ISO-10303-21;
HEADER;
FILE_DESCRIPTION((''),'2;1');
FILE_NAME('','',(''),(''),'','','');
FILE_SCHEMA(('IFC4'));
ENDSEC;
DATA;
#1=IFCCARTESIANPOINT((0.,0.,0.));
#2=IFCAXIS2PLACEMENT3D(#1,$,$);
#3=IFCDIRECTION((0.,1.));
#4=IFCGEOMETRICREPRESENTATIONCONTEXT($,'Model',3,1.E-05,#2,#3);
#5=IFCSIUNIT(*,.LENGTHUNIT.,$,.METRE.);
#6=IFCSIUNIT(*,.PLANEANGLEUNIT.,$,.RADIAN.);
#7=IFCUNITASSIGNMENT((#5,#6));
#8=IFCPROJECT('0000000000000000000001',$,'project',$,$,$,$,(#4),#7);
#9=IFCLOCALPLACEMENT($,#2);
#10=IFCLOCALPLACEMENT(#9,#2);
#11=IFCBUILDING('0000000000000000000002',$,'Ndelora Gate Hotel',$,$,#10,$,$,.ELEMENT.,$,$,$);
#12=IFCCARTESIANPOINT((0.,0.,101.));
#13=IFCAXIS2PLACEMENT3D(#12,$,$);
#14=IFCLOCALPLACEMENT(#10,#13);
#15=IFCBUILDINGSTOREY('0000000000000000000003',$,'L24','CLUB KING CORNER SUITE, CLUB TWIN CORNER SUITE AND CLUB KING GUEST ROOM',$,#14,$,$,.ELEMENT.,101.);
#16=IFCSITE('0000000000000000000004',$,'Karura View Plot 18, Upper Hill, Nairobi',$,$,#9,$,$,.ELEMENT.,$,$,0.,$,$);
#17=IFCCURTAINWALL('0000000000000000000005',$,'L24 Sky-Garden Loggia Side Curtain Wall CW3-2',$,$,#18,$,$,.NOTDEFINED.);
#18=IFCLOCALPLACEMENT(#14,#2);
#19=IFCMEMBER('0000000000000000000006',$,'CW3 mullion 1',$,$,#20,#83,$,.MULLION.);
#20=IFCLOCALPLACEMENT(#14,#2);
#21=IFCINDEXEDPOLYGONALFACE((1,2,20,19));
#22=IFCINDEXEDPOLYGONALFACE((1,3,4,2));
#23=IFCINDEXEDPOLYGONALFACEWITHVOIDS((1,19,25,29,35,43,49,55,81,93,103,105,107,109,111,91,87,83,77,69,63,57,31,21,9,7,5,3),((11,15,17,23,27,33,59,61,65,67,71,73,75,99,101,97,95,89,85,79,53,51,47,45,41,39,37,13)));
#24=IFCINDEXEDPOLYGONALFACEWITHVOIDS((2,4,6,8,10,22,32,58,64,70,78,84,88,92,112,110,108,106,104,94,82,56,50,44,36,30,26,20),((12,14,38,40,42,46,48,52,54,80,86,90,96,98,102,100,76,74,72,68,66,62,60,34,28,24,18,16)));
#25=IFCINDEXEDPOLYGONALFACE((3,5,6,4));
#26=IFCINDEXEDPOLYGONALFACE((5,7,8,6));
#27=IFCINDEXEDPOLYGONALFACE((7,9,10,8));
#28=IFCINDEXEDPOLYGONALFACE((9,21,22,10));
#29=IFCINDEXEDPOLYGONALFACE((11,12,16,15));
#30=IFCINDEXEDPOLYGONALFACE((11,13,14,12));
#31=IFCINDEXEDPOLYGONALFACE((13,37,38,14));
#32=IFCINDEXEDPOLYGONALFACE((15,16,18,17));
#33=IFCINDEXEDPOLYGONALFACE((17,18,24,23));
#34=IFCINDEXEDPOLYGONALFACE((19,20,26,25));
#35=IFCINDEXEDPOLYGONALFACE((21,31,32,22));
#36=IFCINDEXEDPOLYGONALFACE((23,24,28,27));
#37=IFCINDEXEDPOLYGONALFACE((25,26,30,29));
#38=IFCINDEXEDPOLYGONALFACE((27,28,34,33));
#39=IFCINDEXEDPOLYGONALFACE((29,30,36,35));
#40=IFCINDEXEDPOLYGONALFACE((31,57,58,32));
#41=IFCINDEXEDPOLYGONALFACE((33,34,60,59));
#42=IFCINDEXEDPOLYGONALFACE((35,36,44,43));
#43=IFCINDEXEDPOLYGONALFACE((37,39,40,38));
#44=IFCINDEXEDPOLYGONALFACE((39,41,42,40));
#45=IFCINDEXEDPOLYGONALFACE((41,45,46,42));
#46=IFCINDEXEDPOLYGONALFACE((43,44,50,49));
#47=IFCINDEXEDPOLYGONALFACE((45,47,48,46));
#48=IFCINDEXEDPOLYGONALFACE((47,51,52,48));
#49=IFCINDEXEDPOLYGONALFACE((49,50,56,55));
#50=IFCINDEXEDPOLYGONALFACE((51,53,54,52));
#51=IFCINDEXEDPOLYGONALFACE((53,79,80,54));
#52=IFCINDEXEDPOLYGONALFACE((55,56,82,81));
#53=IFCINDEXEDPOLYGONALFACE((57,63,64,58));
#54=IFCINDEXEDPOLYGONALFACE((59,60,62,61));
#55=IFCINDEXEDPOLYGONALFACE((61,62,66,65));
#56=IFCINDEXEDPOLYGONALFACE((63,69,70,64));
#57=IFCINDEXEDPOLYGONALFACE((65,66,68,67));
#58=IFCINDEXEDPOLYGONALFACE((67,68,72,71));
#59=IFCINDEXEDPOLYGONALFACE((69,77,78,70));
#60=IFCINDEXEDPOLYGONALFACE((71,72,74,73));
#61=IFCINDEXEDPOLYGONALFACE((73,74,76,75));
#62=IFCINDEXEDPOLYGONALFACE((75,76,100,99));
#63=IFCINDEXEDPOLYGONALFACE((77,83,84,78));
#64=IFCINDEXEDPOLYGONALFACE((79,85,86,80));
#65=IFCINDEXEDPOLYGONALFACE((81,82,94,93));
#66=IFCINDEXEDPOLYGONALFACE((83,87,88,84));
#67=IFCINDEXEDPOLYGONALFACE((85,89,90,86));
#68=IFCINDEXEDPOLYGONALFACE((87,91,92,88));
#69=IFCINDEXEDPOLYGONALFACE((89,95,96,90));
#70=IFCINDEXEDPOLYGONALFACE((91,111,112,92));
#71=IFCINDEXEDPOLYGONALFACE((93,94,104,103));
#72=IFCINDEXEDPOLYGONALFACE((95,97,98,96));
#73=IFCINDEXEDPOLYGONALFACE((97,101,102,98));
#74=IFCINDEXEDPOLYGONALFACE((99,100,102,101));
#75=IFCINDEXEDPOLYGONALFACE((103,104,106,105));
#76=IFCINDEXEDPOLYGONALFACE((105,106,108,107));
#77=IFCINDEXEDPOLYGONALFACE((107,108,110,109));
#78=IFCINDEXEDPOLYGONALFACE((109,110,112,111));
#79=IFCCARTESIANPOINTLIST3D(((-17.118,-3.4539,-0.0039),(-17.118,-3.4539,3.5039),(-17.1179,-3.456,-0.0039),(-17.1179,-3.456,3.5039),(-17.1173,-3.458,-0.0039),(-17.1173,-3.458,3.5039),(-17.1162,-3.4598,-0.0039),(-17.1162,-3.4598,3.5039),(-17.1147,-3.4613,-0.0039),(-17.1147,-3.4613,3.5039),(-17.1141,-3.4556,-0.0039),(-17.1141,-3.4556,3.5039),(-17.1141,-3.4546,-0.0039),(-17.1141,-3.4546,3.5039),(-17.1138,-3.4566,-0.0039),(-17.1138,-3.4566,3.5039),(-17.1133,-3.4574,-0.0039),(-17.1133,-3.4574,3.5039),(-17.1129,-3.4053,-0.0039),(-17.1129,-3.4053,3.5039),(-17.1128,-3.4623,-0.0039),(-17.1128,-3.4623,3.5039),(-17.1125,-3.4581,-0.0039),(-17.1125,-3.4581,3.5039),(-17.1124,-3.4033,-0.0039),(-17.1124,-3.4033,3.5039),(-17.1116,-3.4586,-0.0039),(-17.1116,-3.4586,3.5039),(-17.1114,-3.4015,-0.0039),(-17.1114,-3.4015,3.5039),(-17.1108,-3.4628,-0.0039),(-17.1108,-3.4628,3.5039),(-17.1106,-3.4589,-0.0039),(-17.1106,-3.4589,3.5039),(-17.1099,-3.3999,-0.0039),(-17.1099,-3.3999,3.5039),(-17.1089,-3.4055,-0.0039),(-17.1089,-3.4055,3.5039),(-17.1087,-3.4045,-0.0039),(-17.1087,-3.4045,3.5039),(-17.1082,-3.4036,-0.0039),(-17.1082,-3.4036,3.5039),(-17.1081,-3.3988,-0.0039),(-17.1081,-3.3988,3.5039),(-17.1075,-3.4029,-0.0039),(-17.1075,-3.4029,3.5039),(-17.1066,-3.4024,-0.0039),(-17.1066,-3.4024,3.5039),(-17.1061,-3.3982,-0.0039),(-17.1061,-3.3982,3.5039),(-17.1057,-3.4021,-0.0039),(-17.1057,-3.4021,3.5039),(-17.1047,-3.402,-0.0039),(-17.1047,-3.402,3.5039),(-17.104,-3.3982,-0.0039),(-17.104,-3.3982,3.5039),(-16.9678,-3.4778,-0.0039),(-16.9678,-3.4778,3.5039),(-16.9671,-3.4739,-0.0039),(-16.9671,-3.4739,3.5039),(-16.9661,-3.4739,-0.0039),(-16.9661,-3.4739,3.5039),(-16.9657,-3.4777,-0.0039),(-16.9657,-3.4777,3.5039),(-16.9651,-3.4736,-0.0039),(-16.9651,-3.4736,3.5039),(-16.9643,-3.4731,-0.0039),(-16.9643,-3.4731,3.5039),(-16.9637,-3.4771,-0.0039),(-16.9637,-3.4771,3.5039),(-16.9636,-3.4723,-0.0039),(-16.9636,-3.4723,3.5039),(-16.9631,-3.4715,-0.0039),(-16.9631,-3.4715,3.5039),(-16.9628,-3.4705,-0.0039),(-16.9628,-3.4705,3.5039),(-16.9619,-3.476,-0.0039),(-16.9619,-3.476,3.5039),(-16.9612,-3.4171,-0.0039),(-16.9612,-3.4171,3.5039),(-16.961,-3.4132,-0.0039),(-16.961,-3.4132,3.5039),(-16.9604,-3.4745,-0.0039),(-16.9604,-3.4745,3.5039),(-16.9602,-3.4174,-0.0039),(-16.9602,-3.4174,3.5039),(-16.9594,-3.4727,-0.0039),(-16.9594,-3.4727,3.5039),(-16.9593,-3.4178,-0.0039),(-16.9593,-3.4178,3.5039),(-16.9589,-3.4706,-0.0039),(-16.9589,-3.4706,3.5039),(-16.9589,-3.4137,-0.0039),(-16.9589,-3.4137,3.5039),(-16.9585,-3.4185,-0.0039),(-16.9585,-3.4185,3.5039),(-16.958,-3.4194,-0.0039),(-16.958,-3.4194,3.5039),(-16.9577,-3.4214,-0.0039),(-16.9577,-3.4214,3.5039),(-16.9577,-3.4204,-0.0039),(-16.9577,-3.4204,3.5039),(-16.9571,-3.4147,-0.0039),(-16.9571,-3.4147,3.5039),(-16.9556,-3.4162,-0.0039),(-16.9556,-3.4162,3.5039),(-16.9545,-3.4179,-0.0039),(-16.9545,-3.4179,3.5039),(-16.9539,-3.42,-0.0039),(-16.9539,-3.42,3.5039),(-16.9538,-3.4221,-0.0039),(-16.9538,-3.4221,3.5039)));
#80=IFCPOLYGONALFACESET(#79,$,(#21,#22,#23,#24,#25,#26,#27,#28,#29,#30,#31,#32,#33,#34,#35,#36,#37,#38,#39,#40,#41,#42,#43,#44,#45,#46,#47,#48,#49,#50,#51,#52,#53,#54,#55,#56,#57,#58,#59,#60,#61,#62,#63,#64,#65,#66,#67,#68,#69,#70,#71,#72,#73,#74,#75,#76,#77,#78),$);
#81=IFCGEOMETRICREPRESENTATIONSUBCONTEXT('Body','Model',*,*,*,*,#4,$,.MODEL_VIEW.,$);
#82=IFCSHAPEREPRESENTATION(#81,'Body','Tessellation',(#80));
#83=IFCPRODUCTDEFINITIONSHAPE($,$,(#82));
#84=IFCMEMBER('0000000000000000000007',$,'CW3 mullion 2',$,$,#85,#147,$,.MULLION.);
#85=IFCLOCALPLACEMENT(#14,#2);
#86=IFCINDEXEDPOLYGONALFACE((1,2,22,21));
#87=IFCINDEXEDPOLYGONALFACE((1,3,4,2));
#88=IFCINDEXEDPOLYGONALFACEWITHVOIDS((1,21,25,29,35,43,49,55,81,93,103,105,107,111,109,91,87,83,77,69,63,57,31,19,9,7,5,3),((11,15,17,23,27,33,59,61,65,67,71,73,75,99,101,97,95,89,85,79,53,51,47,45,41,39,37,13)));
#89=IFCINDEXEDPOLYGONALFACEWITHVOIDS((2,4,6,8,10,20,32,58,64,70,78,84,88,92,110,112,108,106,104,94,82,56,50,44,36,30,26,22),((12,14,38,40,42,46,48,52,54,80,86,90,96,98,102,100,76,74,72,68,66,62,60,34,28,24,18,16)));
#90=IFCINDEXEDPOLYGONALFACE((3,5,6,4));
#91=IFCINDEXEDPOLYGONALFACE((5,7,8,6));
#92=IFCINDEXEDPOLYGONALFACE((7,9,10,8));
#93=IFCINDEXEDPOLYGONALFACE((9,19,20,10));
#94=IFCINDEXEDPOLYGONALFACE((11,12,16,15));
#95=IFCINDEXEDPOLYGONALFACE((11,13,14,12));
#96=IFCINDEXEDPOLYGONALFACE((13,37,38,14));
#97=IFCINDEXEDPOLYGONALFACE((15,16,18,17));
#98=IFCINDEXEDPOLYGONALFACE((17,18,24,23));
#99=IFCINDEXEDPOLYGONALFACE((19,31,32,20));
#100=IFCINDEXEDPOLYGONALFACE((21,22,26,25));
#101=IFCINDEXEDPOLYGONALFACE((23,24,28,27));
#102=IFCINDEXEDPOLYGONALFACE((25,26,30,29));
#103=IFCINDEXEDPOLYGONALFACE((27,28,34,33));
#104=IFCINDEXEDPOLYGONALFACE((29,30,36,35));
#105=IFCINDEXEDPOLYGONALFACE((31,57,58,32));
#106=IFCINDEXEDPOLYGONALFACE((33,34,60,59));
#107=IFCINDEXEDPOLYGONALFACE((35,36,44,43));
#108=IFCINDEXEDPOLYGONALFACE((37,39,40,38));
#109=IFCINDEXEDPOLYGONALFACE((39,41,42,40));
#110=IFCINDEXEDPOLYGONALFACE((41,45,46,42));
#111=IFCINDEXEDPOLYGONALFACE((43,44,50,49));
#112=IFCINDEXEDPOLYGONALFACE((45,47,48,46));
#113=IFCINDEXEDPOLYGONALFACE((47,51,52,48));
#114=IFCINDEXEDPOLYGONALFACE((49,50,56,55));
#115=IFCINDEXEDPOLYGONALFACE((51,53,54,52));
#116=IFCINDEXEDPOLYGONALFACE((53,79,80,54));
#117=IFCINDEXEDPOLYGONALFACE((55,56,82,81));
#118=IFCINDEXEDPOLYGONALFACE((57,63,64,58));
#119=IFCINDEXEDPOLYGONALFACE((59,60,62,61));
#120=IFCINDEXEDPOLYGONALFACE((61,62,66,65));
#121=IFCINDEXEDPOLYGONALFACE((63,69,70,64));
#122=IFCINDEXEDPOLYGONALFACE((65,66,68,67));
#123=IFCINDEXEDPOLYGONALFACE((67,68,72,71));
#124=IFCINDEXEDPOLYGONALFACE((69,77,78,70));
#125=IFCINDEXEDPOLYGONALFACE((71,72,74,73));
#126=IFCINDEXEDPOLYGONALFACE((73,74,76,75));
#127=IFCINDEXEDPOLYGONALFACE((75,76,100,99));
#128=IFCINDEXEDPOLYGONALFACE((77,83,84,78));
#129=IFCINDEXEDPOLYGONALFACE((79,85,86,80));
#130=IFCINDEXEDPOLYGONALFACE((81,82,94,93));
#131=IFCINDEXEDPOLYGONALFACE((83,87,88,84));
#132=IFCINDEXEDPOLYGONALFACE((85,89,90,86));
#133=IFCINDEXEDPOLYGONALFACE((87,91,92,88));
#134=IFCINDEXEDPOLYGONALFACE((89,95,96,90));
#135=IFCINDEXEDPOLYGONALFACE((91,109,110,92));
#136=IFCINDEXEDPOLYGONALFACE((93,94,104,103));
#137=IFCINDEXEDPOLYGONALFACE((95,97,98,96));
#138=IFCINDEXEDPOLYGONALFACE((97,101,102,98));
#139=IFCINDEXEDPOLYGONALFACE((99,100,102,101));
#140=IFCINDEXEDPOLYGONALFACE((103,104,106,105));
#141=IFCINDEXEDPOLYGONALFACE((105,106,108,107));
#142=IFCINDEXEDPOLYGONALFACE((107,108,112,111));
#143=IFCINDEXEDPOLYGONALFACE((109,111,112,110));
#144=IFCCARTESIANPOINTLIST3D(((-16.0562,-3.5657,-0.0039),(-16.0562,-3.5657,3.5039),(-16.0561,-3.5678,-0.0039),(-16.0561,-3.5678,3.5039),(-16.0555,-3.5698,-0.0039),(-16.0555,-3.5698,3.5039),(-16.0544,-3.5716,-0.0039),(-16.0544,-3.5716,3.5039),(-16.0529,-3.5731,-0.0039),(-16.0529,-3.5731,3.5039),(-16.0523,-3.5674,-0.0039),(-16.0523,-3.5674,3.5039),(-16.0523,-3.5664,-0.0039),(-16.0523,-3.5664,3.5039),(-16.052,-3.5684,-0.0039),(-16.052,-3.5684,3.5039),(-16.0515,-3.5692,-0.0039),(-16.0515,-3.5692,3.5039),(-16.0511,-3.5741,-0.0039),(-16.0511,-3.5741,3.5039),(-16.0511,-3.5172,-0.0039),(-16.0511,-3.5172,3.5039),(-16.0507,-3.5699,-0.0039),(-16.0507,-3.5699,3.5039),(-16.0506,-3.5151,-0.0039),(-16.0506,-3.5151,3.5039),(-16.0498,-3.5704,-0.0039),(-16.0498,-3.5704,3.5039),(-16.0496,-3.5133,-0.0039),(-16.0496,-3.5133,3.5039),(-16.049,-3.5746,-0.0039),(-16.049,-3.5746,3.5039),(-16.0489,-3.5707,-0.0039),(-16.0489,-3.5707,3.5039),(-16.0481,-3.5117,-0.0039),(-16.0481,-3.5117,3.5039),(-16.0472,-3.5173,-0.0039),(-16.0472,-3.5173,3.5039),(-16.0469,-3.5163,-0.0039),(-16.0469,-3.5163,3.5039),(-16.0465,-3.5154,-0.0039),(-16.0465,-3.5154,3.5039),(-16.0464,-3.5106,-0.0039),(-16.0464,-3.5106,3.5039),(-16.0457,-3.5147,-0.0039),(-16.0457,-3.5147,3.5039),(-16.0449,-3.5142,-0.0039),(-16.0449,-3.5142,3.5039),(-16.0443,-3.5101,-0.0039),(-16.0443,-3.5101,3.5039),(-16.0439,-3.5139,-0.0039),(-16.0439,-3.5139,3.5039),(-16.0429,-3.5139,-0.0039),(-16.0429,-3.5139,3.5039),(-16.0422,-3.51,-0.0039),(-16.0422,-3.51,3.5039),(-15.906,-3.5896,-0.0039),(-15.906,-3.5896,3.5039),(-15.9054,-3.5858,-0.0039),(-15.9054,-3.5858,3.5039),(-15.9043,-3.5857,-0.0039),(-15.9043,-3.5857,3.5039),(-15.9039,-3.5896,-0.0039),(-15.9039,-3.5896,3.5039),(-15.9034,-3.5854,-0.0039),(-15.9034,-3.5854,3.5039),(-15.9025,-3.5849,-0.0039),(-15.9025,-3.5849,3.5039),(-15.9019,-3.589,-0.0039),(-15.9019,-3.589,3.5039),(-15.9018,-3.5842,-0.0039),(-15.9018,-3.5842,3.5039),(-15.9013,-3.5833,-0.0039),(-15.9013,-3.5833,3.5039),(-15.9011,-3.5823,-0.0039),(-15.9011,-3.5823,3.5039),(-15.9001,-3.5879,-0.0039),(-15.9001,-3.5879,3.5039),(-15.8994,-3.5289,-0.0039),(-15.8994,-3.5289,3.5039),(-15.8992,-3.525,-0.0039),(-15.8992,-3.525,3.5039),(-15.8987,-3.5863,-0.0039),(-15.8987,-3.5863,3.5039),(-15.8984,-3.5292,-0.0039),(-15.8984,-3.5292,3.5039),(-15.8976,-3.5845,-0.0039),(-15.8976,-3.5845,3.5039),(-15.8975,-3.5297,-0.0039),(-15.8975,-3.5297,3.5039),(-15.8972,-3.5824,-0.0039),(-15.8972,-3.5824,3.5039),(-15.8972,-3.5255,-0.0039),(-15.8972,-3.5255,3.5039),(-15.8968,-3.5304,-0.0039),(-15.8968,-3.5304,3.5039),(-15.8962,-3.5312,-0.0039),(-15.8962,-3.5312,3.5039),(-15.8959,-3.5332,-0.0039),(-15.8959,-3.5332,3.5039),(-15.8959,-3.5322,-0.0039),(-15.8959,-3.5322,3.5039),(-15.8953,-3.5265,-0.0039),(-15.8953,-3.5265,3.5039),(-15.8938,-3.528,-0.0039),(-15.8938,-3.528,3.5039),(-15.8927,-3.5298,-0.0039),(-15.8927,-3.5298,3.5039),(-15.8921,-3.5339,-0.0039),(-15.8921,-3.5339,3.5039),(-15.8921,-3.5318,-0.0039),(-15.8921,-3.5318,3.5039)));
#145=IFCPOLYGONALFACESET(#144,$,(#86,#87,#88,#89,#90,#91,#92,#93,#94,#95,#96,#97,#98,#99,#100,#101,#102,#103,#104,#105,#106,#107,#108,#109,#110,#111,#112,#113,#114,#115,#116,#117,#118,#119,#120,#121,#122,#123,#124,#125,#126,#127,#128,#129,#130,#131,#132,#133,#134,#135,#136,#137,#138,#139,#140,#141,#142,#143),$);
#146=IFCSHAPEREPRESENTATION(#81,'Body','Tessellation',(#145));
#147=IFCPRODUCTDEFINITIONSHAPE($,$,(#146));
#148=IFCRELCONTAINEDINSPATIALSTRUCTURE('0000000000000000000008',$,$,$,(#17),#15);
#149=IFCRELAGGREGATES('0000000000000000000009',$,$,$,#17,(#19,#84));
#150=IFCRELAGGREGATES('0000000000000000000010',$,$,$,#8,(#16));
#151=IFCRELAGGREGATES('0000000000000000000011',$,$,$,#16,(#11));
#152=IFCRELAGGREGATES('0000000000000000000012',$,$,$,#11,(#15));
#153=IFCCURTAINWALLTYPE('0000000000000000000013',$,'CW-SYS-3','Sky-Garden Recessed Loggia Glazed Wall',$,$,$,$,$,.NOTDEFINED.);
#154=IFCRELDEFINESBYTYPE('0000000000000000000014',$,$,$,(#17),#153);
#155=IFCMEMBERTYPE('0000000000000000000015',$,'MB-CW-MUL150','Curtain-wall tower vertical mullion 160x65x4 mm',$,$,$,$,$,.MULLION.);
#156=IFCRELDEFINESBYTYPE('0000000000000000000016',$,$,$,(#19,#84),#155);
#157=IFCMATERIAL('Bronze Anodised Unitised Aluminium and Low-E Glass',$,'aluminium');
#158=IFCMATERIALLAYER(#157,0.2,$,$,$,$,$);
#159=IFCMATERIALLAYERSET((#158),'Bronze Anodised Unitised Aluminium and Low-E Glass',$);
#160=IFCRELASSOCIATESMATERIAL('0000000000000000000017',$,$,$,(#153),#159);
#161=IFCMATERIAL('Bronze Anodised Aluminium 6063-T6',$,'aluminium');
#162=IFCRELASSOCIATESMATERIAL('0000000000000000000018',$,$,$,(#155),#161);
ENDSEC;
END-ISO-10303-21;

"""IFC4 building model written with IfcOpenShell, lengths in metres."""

from ifc_helpers import new_model, si_unit, direction, frame, origin, origin_2d, place, context, subcontext, project, spatial, hollow_rectangle, extrude, material, layer, layer_set, material_profile, profile_set, type_object, element, aggregate, save


model = new_model("IFC4")

# Units and contexts
model_context = context("Model", 3, precision=1e-05, world=origin(), true_north=direction((0.0, 1.0)))
body_context = subcontext(model_context, "Body", "Model", "MODEL_VIEW")
ifc_project = project(units=[si_unit("LENGTHUNIT", "METRE"), si_unit("PLANEANGLEUNIT", "RADIAN")], contexts=[model_context])

# Site, building, storey
site_placement = place(None, origin())
site = spatial("IfcSite", under=ifc_project, at=site_placement, Name="Karura View Plot 18, Upper Hill, Nairobi", CompositionType="ELEMENT", RefElevation=0.0)
building_placement = place(site_placement, origin())
building = spatial("IfcBuilding", under=site, at=building_placement, Name="Ndelora Gate Hotel", CompositionType="ELEMENT")
storey_placement = place(building_placement, frame((0.0, 0.0, 101.0)))
storey = spatial("IfcBuildingStorey", under=building, at=storey_placement, Name="L24", Description="CLUB KING CORNER SUITE, CLUB TWIN CORNER SUITE AND CLUB KING GUEST ROOM", CompositionType="ELEMENT", Elevation=101.0)

# Curtain wall, members
ifc_material_1 = material(Name="Bronze Anodised Unitised Aluminium and Low-E Glass", Category="aluminium")
ifc_layer_1 = layer(ifc_material_1, 0.2)
ifc_layer_set_1 = layer_set([ifc_layer_1], Name="Bronze Anodised Unitised Aluminium and Low-E Glass")
curtain_wall_type = type_object("IfcCurtainWallType", Name="CW-SYS-3", Description="Sky-Garden Recessed Loggia Glazed Wall", PredefinedType="NOTDEFINED", material=ifc_layer_set_1)
curtain_wall_placement = place(storey_placement, origin())
curtain_wall = element("IfcCurtainWall", 1, at=curtain_wall_placement, inside=storey, type_object=curtain_wall_type, Name="L24 Sky-Garden Loggia Side Curtain Wall CW3-2", PredefinedType="NOTDEFINED")
ifc_material_2 = material(Name="Bronze Anodised Aluminium 6063-T6", Category="aluminium")
ifc_material_profile_1 = material_profile(ifc_material_2, hollow_rectangle(XDim=0.0649, YDim=0.1599, WallThickness=0.0039, InnerFilletRadius=0.0039, OuterFilletRadius=0.0081, at=origin_2d()), Name="ALU 160x65x4")
ifc_profile_set_1 = profile_set([ifc_material_profile_1], Name="Bronze Anodised Aluminium 6063-T6")
member_type_1 = type_object("IfcMemberType", Name="MB-CW-MUL150", Description="Curtain-wall tower vertical mullion 160x65x4 mm", PredefinedType="MULLION", material=ifc_profile_set_1)
member_1_placement = place(storey_placement, frame((-17.0359, -3.438, -0.0039), z_axis=(0.0, 0.0, 1.0), x_axis=(0.104548, 0.99452, 0.0)))
member_1 = element("IfcMember", 2, at=member_1_placement, type_object=member_type_1, Name="CW3 mullion 1", PredefinedType="MULLION", context=body_context, shape_type="SweptSolid", body=[
    extrude(hollow_rectangle(XDim=0.0649, YDim=0.1599, WallThickness=0.0039, InnerFilletRadius=0.0039, OuterFilletRadius=0.0081, at=origin_2d()), origin(), (0.0, 0.0, 1.0), 3.5078),
])
member_2_placement = place(storey_placement, frame((-15.9741, -3.5498, -0.0039), z_axis=(0.0, 0.0, 1.0), x_axis=(0.104548, 0.99452, 0.0)))
member_2 = element("IfcMember", 3, at=member_2_placement, type_object=member_type_1, Name="CW3 mullion 2", PredefinedType="MULLION", context=body_context, shape_type="SweptSolid", body=[
    extrude(hollow_rectangle(XDim=0.0649, YDim=0.1599, WallThickness=0.0039, InnerFilletRadius=0.0039, OuterFilletRadius=0.0081, at=origin_2d()), origin(), (0.0, 0.0, 1.0), 3.5078),
])
aggregate(curtain_wall, [member_1, member_2])

save(model, "model.ifc")
